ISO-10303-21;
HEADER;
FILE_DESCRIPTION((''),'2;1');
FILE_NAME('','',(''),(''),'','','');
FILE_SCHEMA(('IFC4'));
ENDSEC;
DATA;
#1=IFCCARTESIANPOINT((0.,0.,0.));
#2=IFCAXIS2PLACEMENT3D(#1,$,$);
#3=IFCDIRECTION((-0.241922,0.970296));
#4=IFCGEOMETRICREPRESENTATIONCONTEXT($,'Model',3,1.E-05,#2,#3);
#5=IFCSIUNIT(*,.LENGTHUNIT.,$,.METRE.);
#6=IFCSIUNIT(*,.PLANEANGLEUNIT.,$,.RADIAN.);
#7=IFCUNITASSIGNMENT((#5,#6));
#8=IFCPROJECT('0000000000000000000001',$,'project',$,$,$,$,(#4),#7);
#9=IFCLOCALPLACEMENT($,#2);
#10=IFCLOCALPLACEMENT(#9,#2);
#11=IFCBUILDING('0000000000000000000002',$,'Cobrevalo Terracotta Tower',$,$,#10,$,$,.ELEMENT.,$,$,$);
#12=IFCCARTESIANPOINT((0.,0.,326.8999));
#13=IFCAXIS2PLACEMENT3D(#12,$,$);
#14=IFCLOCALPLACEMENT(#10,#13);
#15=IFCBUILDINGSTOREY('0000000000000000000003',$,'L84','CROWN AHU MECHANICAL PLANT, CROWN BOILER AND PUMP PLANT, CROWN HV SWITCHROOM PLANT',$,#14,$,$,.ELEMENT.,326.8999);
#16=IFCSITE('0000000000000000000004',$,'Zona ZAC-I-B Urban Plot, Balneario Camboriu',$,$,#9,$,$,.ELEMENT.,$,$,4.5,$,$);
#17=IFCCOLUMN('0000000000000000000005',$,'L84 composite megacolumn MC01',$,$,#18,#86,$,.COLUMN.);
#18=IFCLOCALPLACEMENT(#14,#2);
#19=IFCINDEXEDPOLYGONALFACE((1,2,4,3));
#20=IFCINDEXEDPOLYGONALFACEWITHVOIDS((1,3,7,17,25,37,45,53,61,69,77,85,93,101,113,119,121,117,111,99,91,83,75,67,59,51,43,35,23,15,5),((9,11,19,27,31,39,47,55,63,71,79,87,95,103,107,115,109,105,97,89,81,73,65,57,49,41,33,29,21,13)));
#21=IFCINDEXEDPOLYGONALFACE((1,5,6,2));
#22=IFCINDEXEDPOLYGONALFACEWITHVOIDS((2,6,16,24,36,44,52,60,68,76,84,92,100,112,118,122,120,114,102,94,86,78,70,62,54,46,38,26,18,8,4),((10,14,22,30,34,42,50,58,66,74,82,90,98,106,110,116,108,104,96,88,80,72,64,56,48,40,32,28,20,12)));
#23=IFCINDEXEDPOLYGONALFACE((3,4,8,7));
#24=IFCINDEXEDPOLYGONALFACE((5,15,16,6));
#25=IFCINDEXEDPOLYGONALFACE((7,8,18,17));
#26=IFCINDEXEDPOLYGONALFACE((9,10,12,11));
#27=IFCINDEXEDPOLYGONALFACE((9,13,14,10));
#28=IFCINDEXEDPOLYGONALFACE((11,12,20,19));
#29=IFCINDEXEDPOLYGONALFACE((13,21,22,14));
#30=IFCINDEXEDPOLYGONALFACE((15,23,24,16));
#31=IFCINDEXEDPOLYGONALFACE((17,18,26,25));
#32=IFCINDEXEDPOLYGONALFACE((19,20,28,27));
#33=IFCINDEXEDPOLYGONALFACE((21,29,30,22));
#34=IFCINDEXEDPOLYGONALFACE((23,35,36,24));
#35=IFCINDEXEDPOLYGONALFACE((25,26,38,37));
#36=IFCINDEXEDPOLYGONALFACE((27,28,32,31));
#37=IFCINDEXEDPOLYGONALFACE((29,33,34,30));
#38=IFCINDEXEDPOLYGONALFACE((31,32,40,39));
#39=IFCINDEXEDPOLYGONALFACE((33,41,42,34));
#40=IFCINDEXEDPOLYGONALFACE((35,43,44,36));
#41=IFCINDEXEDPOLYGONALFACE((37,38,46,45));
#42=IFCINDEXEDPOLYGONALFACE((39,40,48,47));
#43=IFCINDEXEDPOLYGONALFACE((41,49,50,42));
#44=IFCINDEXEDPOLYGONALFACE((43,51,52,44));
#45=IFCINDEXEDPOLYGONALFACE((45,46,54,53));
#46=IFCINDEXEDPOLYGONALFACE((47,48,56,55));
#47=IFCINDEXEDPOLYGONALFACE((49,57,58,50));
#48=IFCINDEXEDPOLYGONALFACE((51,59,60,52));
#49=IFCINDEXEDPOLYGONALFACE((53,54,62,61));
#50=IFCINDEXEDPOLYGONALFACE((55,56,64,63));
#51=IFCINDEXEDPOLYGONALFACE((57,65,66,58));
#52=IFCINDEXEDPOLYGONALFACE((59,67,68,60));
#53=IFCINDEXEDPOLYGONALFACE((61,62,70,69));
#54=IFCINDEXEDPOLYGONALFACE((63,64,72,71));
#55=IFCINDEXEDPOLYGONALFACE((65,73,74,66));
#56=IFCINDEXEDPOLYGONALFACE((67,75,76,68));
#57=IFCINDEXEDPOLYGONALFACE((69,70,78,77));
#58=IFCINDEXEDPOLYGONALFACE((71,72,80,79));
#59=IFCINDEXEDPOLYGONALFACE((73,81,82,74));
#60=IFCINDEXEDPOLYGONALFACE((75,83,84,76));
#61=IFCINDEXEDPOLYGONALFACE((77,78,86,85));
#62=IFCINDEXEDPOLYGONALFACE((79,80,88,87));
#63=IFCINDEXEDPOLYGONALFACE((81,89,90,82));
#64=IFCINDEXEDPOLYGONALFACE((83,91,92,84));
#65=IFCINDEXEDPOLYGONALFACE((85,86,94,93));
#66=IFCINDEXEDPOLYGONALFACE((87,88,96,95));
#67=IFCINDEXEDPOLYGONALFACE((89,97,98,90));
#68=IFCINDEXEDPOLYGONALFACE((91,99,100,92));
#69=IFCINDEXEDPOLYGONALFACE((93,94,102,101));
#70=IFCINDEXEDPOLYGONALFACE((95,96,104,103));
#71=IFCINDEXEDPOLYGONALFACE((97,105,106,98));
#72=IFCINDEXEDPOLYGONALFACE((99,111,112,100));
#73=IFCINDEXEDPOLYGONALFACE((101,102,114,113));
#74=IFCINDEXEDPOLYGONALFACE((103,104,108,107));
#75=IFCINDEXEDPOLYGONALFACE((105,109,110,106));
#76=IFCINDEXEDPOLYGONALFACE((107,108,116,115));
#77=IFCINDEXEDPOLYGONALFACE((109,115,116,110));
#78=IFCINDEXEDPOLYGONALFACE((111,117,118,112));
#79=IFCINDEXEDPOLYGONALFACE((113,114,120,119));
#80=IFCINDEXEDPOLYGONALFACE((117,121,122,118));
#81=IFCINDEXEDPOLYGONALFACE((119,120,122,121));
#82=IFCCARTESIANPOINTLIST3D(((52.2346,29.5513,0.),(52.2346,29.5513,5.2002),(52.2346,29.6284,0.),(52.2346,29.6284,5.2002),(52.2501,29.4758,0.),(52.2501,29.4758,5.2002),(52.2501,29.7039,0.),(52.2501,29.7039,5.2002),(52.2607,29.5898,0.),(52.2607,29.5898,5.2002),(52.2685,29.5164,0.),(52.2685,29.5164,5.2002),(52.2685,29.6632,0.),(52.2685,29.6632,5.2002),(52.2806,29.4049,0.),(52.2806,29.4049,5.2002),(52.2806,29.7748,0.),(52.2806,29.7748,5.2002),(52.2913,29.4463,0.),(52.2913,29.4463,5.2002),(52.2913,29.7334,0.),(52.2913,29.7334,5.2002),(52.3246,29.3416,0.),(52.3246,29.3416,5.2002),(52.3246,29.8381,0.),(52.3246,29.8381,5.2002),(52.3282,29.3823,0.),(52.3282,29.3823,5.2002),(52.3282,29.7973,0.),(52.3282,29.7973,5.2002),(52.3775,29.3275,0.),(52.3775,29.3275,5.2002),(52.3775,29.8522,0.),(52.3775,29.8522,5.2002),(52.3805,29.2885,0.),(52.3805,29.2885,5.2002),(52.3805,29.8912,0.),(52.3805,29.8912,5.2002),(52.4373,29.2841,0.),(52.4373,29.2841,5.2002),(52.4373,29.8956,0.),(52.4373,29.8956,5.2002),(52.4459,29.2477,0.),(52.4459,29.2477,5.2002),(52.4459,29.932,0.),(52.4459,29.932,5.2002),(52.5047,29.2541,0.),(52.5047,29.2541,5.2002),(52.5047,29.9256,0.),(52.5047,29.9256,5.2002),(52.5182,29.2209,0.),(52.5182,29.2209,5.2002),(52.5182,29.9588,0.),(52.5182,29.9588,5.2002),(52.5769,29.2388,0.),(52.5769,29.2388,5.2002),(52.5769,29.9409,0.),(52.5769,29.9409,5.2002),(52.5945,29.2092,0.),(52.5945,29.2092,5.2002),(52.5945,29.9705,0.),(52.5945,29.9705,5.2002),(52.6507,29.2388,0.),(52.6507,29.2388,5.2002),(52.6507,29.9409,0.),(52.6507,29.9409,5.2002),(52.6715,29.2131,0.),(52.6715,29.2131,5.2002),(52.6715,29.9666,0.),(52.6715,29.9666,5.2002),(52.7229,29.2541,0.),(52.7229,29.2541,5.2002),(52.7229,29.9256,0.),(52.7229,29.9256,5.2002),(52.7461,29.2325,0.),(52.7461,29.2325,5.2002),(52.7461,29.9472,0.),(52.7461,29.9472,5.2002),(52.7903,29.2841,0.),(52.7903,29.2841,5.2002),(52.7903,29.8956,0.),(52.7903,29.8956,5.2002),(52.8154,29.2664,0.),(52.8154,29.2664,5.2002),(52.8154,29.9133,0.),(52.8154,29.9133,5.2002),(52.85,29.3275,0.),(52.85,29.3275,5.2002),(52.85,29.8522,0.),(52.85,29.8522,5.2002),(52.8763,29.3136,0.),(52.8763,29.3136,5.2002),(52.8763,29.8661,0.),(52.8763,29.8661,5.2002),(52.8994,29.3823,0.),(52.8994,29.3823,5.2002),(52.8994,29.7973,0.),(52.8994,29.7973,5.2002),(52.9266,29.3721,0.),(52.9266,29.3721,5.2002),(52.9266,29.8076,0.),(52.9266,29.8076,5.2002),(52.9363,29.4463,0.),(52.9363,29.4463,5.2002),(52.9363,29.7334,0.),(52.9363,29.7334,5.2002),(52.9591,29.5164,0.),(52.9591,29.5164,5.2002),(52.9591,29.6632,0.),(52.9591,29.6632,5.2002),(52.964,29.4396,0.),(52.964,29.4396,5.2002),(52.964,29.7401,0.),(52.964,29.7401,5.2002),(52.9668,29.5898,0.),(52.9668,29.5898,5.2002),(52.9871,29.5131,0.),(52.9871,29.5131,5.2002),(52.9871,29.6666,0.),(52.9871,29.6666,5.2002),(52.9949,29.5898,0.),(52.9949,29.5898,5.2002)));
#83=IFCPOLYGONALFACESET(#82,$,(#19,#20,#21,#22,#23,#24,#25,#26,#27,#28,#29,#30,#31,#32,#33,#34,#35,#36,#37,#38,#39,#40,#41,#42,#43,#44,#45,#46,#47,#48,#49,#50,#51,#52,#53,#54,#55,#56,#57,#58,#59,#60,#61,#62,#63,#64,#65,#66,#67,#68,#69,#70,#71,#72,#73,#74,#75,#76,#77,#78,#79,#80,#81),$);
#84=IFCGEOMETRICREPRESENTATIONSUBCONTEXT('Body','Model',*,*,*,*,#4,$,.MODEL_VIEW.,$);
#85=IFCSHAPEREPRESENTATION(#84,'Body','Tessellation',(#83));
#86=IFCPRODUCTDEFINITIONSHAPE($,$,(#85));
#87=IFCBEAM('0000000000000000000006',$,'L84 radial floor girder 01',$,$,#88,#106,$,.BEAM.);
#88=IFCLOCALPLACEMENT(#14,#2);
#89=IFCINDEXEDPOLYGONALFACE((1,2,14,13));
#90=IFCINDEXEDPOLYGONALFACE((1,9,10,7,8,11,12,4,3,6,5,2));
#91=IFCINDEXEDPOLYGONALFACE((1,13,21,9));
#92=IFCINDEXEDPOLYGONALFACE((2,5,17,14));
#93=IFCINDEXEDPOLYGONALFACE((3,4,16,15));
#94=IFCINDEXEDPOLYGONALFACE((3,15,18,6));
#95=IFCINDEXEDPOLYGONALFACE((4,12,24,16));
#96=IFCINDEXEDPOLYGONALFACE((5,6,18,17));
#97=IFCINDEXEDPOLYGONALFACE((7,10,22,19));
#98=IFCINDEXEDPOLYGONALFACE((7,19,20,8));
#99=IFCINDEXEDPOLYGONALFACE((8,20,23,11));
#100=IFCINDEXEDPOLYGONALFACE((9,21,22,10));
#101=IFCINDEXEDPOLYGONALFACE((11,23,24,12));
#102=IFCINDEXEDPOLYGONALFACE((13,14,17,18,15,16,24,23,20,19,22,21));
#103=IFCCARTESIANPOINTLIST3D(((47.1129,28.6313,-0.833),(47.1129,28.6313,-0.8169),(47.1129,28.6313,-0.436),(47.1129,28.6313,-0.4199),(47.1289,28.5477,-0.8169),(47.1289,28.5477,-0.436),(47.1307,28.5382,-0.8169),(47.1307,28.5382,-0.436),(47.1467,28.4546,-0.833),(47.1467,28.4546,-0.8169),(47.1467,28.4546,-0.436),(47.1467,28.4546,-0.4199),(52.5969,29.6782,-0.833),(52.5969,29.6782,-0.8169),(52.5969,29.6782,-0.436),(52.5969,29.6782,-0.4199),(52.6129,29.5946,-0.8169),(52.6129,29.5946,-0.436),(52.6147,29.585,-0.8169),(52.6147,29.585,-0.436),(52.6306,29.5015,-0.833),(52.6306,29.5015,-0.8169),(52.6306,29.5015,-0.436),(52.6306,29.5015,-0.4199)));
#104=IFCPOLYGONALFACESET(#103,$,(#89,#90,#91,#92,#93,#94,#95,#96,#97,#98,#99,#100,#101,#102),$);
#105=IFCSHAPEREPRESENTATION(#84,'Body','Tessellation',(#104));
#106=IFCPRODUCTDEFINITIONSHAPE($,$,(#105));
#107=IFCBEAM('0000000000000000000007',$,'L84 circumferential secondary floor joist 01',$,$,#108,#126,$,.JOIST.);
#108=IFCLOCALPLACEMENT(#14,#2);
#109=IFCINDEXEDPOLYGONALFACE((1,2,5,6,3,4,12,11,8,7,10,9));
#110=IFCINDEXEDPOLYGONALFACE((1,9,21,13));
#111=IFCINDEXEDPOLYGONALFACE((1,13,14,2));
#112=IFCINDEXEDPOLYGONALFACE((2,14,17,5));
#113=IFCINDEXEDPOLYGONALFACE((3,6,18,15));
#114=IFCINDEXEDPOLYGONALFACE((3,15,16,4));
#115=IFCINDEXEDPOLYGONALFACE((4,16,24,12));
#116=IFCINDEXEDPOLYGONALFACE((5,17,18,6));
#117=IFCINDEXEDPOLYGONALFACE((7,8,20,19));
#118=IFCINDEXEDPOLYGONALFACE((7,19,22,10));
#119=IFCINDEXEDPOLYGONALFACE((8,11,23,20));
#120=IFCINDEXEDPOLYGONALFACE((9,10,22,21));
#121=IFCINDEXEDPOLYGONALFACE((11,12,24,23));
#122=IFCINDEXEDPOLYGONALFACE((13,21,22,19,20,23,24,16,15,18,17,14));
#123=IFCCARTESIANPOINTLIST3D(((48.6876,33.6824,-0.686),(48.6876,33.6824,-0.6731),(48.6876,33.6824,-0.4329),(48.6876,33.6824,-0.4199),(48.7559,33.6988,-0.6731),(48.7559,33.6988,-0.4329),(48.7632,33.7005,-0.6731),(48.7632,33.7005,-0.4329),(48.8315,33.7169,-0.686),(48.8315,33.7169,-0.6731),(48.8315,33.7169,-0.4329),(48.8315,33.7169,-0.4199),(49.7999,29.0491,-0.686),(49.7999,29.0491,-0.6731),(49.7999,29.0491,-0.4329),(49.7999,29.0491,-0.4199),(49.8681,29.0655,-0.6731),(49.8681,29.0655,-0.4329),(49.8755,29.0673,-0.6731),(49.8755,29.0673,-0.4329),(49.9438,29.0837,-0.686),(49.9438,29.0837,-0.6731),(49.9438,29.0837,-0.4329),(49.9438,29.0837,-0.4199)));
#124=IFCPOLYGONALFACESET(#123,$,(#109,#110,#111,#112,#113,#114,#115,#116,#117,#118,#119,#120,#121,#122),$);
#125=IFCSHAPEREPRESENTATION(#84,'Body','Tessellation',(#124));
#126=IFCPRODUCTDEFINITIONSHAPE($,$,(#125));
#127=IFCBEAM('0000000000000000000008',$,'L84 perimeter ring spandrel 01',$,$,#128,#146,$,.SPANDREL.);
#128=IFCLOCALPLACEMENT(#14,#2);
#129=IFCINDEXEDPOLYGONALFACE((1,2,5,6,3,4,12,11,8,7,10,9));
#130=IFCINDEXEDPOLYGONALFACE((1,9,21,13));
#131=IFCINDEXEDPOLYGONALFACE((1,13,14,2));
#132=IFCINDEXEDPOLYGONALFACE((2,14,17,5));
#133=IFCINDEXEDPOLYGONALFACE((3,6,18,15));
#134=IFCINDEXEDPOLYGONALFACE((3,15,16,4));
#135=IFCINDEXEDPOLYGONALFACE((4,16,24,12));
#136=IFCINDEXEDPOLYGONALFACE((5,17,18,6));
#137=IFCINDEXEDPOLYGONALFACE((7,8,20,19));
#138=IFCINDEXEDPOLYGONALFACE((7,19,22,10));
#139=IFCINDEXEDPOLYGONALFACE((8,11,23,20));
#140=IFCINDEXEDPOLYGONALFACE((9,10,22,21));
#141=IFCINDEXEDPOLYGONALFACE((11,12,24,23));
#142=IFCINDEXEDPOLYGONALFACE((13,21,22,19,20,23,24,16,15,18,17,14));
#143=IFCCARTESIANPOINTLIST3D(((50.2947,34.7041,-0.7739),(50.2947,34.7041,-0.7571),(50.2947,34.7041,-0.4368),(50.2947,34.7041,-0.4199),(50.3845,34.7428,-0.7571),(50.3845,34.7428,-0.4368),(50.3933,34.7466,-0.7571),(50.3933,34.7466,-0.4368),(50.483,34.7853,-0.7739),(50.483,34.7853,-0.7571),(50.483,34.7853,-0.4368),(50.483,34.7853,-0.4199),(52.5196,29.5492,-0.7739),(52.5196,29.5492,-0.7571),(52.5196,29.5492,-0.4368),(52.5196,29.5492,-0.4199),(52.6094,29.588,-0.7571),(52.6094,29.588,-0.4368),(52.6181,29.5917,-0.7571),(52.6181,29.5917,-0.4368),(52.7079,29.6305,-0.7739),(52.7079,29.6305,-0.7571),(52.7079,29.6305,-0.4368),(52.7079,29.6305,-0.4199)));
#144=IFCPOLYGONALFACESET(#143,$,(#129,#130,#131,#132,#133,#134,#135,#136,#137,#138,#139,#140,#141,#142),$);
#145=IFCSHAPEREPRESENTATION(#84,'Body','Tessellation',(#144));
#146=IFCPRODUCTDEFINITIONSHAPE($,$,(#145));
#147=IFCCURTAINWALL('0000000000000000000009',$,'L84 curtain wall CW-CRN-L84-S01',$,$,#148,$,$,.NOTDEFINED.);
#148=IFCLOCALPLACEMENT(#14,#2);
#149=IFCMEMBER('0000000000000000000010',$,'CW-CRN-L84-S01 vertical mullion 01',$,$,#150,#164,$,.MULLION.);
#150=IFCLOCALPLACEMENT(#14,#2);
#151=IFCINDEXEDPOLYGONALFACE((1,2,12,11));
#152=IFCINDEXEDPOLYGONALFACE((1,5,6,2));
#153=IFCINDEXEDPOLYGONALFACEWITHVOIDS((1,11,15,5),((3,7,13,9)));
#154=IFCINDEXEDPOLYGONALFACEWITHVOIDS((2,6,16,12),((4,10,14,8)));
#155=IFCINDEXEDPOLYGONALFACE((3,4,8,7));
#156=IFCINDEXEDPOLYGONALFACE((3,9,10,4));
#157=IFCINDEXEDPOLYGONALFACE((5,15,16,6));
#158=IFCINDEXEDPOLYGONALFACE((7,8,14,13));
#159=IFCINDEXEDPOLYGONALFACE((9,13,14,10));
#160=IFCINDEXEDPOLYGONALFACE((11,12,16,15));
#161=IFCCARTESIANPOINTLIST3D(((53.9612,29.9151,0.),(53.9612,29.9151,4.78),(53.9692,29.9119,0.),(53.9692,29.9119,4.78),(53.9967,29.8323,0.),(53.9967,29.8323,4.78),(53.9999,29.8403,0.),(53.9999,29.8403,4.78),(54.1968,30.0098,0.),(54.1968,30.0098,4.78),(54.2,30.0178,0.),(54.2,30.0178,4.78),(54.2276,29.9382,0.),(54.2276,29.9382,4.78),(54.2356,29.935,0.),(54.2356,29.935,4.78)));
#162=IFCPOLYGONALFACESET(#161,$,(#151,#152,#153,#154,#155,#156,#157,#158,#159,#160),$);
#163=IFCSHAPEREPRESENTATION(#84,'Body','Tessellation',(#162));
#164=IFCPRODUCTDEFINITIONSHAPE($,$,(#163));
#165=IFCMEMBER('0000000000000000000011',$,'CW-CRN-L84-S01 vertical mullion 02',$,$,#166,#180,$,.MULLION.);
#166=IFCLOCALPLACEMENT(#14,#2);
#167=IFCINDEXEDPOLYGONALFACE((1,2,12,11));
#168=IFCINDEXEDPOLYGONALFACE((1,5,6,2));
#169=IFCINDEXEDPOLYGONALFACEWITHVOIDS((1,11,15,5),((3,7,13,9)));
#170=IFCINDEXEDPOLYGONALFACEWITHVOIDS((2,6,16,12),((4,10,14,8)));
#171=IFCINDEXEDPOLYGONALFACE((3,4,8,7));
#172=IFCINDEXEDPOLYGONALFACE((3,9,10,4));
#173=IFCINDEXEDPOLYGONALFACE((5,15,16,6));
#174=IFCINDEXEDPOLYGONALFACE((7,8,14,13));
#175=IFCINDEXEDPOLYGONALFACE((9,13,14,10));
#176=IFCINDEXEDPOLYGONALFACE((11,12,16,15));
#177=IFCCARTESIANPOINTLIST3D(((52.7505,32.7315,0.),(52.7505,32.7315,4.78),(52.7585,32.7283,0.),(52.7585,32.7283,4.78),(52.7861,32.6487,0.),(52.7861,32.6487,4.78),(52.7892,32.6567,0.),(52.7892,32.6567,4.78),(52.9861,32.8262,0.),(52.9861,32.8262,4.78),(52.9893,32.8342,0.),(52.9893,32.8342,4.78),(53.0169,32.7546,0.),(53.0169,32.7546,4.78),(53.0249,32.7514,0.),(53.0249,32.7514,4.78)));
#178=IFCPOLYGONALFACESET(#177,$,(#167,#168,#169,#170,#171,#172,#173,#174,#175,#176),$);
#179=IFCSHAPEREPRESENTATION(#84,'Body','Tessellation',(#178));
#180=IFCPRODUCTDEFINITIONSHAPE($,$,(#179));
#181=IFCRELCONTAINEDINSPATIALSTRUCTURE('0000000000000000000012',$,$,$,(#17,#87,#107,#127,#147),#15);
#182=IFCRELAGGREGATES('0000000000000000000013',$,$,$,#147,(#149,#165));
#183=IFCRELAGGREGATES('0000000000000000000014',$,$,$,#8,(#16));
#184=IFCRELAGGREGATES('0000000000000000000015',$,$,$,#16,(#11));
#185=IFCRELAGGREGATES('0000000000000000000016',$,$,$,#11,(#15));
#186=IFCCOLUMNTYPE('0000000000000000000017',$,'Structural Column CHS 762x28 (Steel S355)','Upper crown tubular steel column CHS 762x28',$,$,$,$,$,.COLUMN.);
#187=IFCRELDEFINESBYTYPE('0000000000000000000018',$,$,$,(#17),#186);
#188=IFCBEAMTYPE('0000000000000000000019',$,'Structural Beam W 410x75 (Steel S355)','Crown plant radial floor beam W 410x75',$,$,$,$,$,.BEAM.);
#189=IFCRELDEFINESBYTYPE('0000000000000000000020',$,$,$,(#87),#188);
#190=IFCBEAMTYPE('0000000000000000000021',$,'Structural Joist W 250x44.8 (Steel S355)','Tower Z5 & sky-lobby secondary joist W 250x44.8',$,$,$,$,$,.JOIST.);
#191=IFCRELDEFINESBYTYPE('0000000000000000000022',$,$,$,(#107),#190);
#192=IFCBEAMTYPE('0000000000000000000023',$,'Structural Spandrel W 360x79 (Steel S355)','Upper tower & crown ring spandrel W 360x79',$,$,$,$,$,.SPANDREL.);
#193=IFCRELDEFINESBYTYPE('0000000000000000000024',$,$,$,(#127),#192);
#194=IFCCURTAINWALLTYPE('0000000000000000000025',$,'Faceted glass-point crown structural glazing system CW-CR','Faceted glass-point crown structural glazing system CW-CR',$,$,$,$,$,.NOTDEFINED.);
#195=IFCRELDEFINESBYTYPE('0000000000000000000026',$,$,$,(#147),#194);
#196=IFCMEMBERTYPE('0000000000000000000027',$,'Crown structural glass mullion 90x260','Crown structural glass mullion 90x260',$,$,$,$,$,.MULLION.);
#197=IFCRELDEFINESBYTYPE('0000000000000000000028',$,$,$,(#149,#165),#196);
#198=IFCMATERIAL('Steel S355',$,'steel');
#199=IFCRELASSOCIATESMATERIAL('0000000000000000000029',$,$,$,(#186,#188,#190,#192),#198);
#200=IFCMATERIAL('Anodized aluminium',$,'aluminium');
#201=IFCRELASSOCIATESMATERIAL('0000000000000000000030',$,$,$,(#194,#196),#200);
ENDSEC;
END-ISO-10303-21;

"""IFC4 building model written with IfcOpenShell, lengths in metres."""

from ifc_helpers import new_model, si_unit, direction, frame, origin, origin_2d, place, context, subcontext, project, spatial, hollow_rectangle, hollow_circle, i_section, extrude, source, transform, mapped, material, material_profile, profile_set, type_object, element, aggregate, save


model = new_model("IFC4")

# Units and contexts
model_context = context("Model", 3, precision=1e-05, world=origin(), true_north=direction((-0.241922, 0.970296)))
body_context = subcontext(model_context, "Body", "Model", "MODEL_VIEW")
ifc_project = project(units=[si_unit("LENGTHUNIT", "METRE"), si_unit("PLANEANGLEUNIT", "RADIAN")], contexts=[model_context])

# Site, building, storey
site_placement = place(None, origin())
site = spatial("IfcSite", under=ifc_project, at=site_placement, Name="Zona ZAC-I-B Urban Plot, Balneario Camboriu", CompositionType="ELEMENT", RefElevation=4.5)
building_placement = place(site_placement, origin())
building = spatial("IfcBuilding", under=site, at=building_placement, Name="Cobrevalo Terracotta Tower", CompositionType="ELEMENT")
storey_placement = place(building_placement, frame((0.0, 0.0, 326.8999)))
storey = spatial("IfcBuildingStorey", under=building, at=storey_placement, Name="L84", Description="CROWN AHU MECHANICAL PLANT, CROWN BOILER AND PUMP PLANT, CROWN HV SWITCHROOM PLANT", CompositionType="ELEMENT", Elevation=326.8999)

# Column
ifc_material_1 = material(Name="Steel S355", Category="steel")
ifc_material_profile_1 = material_profile(ifc_material_1, hollow_circle(Radius=0.3811, WallThickness=0.0281, at=origin_2d()), Name="CHS 762x28")
ifc_profile_set_1 = profile_set([ifc_material_profile_1], Name="Steel S355")
column_type = type_object("IfcColumnType", Name="Structural Column CHS 762x28 (Steel S355)", Description="Upper crown tubular steel column CHS 762x28", PredefinedType="COLUMN", material=ifc_profile_set_1)
column_placement = place(storey_placement, frame((52.6138, 29.5898, 0.0), z_axis=(0.0, 0.0, 1.0), x_axis=(1.0, 0.0, 0.0)))
element("IfcColumn", 1, at=column_placement, inside=storey, type_object=column_type, Name="L84 composite megacolumn MC01", PredefinedType="COLUMN", context=body_context, shape_type="SweptSolid", body=[
    extrude(hollow_circle(Radius=0.3811, WallThickness=0.0281, at=origin_2d()), origin(), (0.0, 0.0, 1.0), 5.2002),
])

# Beams
ifc_material_profile_2 = material_profile(ifc_material_1, i_section(OverallWidth=0.1799, OverallDepth=0.4131, WebThickness=0.0098, FlangeThickness=0.0161, at=origin_2d()), Name="W 410x75")
ifc_profile_set_2 = profile_set([ifc_material_profile_2], Name="Steel S355")
beam_type_1 = type_object("IfcBeamType", Name="Structural Beam W 410x75 (Steel S355)", Description="Crown plant radial floor beam W 410x75", PredefinedType="BEAM", material=ifc_profile_set_2)
beam_1_placement = place(storey_placement, frame((52.6138, 29.5898, -0.6265), z_axis=(-0.982262, -0.187514, 0.0), x_axis=(0.187514, -0.982262, 0.0)))
element("IfcBeam", 2, at=beam_1_placement, inside=storey, type_object=beam_type_1, Name="L84 radial floor girder 01", PredefinedType="BEAM", context=body_context, shape_type="SweptSolid", body=[
    extrude(i_section(OverallWidth=0.1799, OverallDepth=0.4131, WebThickness=0.0098, FlangeThickness=0.0161, at=origin_2d()), origin(), (0.0, 0.0, 1.0), 5.583),
])
ifc_material_profile_3 = material_profile(ifc_material_1, i_section(OverallWidth=0.1479, OverallDepth=0.2661, WebThickness=0.0076, FlangeThickness=0.0129, at=origin_2d()), Name="W 250x44.8")
ifc_profile_set_3 = profile_set([ifc_material_profile_3], Name="Steel S355")
beam_type_2 = type_object("IfcBeamType", Name="Structural Joist W 250x44.8 (Steel S355)", Description="Tower Z5 & sky-lobby secondary joist W 250x44.8", PredefinedType="JOIST", material=ifc_profile_set_3)
beam_2_placement = place(storey_placement, frame((49.8718, 29.0664, -0.553), z_axis=(-0.233435, 0.972372, 0.0), x_axis=(-0.972372, -0.233435, 0.0)))
element("IfcBeam", 3, at=beam_2_placement, inside=storey, type_object=beam_type_2, Name="L84 circumferential secondary floor joist 01", PredefinedType="JOIST", context=body_context, shape_type="SweptSolid", body=[
    extrude(i_section(OverallWidth=0.1479, OverallDepth=0.2661, WebThickness=0.0076, FlangeThickness=0.0129, at=origin_2d()), origin(), (0.0, 0.0, 1.0), 4.7649),
])
ifc_material_profile_4 = material_profile(ifc_material_1, i_section(OverallWidth=0.2051, OverallDepth=0.354, WebThickness=0.0095, FlangeThickness=0.0168, at=origin_2d()), Name="W 360x79")
ifc_profile_set_4 = profile_set([ifc_material_profile_4], Name="Steel S355")
beam_type_3 = type_object("IfcBeamType", Name="Structural Spandrel W 360x79 (Steel S355)", Description="Upper tower & crown ring spandrel W 360x79", PredefinedType="SPANDREL", material=ifc_profile_set_4)
beam_3_placement = place(storey_placement, frame((52.6138, 29.5898, -0.5969), z_axis=(-0.396274, 0.918132, 0.0), x_axis=(-0.918132, -0.396274, 0.0)))
element("IfcBeam", 4, at=beam_3_placement, inside=storey, type_object=beam_type_3, Name="L84 perimeter ring spandrel 01", PredefinedType="SPANDREL", context=body_context, shape_type="SweptSolid", body=[
    extrude(i_section(OverallWidth=0.2051, OverallDepth=0.354, WebThickness=0.0095, FlangeThickness=0.0168, at=origin_2d()), origin(), (0.0, 0.0, 1.0), 5.6145),
])

# Curtain wall, members
ifc_material_2 = material(Name="Anodized aluminium", Category="aluminium")
curtain_wall_type = type_object("IfcCurtainWallType", Name="Faceted glass-point crown structural glazing system CW-CR", Description="Faceted glass-point crown structural glazing system CW-CR", PredefinedType="NOTDEFINED", material=ifc_material_2)
curtain_wall_1_placement = place(storey_placement, origin())
curtain_wall_1 = element("IfcCurtainWall", 5, at=curtain_wall_1_placement, inside=storey, type_object=curtain_wall_type, Name="L84 curtain wall CW-CRN-L84-S01", PredefinedType="NOTDEFINED")
ifc_material_profile_5 = material_profile(ifc_material_2, hollow_rectangle(XDim=0.0901, YDim=0.26, WallThickness=0.0061, at=origin_2d()), Name="CWM 90x260")
ifc_profile_set_5 = profile_set([ifc_material_profile_5], Name="Anodized aluminium")
member_type_1 = type_object("IfcMemberType", Name="Crown structural glass mullion 90x260", Description="Crown structural glass mullion 90x260", PredefinedType="MULLION", material=ifc_profile_set_5)
shared_shape_1 = source(origin(), body_context, "Body", "SweptSolid", [
    extrude(hollow_rectangle(XDim=0.0901, YDim=0.26, WallThickness=0.0061, at=origin_2d()), origin(), (0.0, 0.0, 1.0), 4.78),
])
member_1_placement = place(storey_placement, frame((54.0984, 29.925, 0.0), z_axis=(0.0, 0.0, 1.0), x_axis=(-0.394968, 0.918695, 0.0)))
member_1 = element("IfcMember", 6, at=member_1_placement, type_object=member_type_1, Name="CW-CRN-L84-S01 vertical mullion 01", PredefinedType="MULLION", context=body_context, shape_type="MappedRepresentation", body=[
    mapped(shared_shape_1, transform((0.0, 0.0, 0.0), scale=1.0)),
])
member_2_placement = place(storey_placement, frame((52.8877, 32.7415, 0.0), z_axis=(0.0, 0.0, 1.0), x_axis=(-0.394968, 0.918695, 0.0)))
member_2 = element("IfcMember", 7, at=member_2_placement, type_object=member_type_1, Name="CW-CRN-L84-S01 vertical mullion 02", PredefinedType="MULLION", context=body_context, shape_type="MappedRepresentation", body=[
    mapped(shared_shape_1, transform((0.0, 0.0, 0.0), scale=1.0)),
])

aggregate(curtain_wall_1, [member_1, member_2])

save(model, "model.ifc")
